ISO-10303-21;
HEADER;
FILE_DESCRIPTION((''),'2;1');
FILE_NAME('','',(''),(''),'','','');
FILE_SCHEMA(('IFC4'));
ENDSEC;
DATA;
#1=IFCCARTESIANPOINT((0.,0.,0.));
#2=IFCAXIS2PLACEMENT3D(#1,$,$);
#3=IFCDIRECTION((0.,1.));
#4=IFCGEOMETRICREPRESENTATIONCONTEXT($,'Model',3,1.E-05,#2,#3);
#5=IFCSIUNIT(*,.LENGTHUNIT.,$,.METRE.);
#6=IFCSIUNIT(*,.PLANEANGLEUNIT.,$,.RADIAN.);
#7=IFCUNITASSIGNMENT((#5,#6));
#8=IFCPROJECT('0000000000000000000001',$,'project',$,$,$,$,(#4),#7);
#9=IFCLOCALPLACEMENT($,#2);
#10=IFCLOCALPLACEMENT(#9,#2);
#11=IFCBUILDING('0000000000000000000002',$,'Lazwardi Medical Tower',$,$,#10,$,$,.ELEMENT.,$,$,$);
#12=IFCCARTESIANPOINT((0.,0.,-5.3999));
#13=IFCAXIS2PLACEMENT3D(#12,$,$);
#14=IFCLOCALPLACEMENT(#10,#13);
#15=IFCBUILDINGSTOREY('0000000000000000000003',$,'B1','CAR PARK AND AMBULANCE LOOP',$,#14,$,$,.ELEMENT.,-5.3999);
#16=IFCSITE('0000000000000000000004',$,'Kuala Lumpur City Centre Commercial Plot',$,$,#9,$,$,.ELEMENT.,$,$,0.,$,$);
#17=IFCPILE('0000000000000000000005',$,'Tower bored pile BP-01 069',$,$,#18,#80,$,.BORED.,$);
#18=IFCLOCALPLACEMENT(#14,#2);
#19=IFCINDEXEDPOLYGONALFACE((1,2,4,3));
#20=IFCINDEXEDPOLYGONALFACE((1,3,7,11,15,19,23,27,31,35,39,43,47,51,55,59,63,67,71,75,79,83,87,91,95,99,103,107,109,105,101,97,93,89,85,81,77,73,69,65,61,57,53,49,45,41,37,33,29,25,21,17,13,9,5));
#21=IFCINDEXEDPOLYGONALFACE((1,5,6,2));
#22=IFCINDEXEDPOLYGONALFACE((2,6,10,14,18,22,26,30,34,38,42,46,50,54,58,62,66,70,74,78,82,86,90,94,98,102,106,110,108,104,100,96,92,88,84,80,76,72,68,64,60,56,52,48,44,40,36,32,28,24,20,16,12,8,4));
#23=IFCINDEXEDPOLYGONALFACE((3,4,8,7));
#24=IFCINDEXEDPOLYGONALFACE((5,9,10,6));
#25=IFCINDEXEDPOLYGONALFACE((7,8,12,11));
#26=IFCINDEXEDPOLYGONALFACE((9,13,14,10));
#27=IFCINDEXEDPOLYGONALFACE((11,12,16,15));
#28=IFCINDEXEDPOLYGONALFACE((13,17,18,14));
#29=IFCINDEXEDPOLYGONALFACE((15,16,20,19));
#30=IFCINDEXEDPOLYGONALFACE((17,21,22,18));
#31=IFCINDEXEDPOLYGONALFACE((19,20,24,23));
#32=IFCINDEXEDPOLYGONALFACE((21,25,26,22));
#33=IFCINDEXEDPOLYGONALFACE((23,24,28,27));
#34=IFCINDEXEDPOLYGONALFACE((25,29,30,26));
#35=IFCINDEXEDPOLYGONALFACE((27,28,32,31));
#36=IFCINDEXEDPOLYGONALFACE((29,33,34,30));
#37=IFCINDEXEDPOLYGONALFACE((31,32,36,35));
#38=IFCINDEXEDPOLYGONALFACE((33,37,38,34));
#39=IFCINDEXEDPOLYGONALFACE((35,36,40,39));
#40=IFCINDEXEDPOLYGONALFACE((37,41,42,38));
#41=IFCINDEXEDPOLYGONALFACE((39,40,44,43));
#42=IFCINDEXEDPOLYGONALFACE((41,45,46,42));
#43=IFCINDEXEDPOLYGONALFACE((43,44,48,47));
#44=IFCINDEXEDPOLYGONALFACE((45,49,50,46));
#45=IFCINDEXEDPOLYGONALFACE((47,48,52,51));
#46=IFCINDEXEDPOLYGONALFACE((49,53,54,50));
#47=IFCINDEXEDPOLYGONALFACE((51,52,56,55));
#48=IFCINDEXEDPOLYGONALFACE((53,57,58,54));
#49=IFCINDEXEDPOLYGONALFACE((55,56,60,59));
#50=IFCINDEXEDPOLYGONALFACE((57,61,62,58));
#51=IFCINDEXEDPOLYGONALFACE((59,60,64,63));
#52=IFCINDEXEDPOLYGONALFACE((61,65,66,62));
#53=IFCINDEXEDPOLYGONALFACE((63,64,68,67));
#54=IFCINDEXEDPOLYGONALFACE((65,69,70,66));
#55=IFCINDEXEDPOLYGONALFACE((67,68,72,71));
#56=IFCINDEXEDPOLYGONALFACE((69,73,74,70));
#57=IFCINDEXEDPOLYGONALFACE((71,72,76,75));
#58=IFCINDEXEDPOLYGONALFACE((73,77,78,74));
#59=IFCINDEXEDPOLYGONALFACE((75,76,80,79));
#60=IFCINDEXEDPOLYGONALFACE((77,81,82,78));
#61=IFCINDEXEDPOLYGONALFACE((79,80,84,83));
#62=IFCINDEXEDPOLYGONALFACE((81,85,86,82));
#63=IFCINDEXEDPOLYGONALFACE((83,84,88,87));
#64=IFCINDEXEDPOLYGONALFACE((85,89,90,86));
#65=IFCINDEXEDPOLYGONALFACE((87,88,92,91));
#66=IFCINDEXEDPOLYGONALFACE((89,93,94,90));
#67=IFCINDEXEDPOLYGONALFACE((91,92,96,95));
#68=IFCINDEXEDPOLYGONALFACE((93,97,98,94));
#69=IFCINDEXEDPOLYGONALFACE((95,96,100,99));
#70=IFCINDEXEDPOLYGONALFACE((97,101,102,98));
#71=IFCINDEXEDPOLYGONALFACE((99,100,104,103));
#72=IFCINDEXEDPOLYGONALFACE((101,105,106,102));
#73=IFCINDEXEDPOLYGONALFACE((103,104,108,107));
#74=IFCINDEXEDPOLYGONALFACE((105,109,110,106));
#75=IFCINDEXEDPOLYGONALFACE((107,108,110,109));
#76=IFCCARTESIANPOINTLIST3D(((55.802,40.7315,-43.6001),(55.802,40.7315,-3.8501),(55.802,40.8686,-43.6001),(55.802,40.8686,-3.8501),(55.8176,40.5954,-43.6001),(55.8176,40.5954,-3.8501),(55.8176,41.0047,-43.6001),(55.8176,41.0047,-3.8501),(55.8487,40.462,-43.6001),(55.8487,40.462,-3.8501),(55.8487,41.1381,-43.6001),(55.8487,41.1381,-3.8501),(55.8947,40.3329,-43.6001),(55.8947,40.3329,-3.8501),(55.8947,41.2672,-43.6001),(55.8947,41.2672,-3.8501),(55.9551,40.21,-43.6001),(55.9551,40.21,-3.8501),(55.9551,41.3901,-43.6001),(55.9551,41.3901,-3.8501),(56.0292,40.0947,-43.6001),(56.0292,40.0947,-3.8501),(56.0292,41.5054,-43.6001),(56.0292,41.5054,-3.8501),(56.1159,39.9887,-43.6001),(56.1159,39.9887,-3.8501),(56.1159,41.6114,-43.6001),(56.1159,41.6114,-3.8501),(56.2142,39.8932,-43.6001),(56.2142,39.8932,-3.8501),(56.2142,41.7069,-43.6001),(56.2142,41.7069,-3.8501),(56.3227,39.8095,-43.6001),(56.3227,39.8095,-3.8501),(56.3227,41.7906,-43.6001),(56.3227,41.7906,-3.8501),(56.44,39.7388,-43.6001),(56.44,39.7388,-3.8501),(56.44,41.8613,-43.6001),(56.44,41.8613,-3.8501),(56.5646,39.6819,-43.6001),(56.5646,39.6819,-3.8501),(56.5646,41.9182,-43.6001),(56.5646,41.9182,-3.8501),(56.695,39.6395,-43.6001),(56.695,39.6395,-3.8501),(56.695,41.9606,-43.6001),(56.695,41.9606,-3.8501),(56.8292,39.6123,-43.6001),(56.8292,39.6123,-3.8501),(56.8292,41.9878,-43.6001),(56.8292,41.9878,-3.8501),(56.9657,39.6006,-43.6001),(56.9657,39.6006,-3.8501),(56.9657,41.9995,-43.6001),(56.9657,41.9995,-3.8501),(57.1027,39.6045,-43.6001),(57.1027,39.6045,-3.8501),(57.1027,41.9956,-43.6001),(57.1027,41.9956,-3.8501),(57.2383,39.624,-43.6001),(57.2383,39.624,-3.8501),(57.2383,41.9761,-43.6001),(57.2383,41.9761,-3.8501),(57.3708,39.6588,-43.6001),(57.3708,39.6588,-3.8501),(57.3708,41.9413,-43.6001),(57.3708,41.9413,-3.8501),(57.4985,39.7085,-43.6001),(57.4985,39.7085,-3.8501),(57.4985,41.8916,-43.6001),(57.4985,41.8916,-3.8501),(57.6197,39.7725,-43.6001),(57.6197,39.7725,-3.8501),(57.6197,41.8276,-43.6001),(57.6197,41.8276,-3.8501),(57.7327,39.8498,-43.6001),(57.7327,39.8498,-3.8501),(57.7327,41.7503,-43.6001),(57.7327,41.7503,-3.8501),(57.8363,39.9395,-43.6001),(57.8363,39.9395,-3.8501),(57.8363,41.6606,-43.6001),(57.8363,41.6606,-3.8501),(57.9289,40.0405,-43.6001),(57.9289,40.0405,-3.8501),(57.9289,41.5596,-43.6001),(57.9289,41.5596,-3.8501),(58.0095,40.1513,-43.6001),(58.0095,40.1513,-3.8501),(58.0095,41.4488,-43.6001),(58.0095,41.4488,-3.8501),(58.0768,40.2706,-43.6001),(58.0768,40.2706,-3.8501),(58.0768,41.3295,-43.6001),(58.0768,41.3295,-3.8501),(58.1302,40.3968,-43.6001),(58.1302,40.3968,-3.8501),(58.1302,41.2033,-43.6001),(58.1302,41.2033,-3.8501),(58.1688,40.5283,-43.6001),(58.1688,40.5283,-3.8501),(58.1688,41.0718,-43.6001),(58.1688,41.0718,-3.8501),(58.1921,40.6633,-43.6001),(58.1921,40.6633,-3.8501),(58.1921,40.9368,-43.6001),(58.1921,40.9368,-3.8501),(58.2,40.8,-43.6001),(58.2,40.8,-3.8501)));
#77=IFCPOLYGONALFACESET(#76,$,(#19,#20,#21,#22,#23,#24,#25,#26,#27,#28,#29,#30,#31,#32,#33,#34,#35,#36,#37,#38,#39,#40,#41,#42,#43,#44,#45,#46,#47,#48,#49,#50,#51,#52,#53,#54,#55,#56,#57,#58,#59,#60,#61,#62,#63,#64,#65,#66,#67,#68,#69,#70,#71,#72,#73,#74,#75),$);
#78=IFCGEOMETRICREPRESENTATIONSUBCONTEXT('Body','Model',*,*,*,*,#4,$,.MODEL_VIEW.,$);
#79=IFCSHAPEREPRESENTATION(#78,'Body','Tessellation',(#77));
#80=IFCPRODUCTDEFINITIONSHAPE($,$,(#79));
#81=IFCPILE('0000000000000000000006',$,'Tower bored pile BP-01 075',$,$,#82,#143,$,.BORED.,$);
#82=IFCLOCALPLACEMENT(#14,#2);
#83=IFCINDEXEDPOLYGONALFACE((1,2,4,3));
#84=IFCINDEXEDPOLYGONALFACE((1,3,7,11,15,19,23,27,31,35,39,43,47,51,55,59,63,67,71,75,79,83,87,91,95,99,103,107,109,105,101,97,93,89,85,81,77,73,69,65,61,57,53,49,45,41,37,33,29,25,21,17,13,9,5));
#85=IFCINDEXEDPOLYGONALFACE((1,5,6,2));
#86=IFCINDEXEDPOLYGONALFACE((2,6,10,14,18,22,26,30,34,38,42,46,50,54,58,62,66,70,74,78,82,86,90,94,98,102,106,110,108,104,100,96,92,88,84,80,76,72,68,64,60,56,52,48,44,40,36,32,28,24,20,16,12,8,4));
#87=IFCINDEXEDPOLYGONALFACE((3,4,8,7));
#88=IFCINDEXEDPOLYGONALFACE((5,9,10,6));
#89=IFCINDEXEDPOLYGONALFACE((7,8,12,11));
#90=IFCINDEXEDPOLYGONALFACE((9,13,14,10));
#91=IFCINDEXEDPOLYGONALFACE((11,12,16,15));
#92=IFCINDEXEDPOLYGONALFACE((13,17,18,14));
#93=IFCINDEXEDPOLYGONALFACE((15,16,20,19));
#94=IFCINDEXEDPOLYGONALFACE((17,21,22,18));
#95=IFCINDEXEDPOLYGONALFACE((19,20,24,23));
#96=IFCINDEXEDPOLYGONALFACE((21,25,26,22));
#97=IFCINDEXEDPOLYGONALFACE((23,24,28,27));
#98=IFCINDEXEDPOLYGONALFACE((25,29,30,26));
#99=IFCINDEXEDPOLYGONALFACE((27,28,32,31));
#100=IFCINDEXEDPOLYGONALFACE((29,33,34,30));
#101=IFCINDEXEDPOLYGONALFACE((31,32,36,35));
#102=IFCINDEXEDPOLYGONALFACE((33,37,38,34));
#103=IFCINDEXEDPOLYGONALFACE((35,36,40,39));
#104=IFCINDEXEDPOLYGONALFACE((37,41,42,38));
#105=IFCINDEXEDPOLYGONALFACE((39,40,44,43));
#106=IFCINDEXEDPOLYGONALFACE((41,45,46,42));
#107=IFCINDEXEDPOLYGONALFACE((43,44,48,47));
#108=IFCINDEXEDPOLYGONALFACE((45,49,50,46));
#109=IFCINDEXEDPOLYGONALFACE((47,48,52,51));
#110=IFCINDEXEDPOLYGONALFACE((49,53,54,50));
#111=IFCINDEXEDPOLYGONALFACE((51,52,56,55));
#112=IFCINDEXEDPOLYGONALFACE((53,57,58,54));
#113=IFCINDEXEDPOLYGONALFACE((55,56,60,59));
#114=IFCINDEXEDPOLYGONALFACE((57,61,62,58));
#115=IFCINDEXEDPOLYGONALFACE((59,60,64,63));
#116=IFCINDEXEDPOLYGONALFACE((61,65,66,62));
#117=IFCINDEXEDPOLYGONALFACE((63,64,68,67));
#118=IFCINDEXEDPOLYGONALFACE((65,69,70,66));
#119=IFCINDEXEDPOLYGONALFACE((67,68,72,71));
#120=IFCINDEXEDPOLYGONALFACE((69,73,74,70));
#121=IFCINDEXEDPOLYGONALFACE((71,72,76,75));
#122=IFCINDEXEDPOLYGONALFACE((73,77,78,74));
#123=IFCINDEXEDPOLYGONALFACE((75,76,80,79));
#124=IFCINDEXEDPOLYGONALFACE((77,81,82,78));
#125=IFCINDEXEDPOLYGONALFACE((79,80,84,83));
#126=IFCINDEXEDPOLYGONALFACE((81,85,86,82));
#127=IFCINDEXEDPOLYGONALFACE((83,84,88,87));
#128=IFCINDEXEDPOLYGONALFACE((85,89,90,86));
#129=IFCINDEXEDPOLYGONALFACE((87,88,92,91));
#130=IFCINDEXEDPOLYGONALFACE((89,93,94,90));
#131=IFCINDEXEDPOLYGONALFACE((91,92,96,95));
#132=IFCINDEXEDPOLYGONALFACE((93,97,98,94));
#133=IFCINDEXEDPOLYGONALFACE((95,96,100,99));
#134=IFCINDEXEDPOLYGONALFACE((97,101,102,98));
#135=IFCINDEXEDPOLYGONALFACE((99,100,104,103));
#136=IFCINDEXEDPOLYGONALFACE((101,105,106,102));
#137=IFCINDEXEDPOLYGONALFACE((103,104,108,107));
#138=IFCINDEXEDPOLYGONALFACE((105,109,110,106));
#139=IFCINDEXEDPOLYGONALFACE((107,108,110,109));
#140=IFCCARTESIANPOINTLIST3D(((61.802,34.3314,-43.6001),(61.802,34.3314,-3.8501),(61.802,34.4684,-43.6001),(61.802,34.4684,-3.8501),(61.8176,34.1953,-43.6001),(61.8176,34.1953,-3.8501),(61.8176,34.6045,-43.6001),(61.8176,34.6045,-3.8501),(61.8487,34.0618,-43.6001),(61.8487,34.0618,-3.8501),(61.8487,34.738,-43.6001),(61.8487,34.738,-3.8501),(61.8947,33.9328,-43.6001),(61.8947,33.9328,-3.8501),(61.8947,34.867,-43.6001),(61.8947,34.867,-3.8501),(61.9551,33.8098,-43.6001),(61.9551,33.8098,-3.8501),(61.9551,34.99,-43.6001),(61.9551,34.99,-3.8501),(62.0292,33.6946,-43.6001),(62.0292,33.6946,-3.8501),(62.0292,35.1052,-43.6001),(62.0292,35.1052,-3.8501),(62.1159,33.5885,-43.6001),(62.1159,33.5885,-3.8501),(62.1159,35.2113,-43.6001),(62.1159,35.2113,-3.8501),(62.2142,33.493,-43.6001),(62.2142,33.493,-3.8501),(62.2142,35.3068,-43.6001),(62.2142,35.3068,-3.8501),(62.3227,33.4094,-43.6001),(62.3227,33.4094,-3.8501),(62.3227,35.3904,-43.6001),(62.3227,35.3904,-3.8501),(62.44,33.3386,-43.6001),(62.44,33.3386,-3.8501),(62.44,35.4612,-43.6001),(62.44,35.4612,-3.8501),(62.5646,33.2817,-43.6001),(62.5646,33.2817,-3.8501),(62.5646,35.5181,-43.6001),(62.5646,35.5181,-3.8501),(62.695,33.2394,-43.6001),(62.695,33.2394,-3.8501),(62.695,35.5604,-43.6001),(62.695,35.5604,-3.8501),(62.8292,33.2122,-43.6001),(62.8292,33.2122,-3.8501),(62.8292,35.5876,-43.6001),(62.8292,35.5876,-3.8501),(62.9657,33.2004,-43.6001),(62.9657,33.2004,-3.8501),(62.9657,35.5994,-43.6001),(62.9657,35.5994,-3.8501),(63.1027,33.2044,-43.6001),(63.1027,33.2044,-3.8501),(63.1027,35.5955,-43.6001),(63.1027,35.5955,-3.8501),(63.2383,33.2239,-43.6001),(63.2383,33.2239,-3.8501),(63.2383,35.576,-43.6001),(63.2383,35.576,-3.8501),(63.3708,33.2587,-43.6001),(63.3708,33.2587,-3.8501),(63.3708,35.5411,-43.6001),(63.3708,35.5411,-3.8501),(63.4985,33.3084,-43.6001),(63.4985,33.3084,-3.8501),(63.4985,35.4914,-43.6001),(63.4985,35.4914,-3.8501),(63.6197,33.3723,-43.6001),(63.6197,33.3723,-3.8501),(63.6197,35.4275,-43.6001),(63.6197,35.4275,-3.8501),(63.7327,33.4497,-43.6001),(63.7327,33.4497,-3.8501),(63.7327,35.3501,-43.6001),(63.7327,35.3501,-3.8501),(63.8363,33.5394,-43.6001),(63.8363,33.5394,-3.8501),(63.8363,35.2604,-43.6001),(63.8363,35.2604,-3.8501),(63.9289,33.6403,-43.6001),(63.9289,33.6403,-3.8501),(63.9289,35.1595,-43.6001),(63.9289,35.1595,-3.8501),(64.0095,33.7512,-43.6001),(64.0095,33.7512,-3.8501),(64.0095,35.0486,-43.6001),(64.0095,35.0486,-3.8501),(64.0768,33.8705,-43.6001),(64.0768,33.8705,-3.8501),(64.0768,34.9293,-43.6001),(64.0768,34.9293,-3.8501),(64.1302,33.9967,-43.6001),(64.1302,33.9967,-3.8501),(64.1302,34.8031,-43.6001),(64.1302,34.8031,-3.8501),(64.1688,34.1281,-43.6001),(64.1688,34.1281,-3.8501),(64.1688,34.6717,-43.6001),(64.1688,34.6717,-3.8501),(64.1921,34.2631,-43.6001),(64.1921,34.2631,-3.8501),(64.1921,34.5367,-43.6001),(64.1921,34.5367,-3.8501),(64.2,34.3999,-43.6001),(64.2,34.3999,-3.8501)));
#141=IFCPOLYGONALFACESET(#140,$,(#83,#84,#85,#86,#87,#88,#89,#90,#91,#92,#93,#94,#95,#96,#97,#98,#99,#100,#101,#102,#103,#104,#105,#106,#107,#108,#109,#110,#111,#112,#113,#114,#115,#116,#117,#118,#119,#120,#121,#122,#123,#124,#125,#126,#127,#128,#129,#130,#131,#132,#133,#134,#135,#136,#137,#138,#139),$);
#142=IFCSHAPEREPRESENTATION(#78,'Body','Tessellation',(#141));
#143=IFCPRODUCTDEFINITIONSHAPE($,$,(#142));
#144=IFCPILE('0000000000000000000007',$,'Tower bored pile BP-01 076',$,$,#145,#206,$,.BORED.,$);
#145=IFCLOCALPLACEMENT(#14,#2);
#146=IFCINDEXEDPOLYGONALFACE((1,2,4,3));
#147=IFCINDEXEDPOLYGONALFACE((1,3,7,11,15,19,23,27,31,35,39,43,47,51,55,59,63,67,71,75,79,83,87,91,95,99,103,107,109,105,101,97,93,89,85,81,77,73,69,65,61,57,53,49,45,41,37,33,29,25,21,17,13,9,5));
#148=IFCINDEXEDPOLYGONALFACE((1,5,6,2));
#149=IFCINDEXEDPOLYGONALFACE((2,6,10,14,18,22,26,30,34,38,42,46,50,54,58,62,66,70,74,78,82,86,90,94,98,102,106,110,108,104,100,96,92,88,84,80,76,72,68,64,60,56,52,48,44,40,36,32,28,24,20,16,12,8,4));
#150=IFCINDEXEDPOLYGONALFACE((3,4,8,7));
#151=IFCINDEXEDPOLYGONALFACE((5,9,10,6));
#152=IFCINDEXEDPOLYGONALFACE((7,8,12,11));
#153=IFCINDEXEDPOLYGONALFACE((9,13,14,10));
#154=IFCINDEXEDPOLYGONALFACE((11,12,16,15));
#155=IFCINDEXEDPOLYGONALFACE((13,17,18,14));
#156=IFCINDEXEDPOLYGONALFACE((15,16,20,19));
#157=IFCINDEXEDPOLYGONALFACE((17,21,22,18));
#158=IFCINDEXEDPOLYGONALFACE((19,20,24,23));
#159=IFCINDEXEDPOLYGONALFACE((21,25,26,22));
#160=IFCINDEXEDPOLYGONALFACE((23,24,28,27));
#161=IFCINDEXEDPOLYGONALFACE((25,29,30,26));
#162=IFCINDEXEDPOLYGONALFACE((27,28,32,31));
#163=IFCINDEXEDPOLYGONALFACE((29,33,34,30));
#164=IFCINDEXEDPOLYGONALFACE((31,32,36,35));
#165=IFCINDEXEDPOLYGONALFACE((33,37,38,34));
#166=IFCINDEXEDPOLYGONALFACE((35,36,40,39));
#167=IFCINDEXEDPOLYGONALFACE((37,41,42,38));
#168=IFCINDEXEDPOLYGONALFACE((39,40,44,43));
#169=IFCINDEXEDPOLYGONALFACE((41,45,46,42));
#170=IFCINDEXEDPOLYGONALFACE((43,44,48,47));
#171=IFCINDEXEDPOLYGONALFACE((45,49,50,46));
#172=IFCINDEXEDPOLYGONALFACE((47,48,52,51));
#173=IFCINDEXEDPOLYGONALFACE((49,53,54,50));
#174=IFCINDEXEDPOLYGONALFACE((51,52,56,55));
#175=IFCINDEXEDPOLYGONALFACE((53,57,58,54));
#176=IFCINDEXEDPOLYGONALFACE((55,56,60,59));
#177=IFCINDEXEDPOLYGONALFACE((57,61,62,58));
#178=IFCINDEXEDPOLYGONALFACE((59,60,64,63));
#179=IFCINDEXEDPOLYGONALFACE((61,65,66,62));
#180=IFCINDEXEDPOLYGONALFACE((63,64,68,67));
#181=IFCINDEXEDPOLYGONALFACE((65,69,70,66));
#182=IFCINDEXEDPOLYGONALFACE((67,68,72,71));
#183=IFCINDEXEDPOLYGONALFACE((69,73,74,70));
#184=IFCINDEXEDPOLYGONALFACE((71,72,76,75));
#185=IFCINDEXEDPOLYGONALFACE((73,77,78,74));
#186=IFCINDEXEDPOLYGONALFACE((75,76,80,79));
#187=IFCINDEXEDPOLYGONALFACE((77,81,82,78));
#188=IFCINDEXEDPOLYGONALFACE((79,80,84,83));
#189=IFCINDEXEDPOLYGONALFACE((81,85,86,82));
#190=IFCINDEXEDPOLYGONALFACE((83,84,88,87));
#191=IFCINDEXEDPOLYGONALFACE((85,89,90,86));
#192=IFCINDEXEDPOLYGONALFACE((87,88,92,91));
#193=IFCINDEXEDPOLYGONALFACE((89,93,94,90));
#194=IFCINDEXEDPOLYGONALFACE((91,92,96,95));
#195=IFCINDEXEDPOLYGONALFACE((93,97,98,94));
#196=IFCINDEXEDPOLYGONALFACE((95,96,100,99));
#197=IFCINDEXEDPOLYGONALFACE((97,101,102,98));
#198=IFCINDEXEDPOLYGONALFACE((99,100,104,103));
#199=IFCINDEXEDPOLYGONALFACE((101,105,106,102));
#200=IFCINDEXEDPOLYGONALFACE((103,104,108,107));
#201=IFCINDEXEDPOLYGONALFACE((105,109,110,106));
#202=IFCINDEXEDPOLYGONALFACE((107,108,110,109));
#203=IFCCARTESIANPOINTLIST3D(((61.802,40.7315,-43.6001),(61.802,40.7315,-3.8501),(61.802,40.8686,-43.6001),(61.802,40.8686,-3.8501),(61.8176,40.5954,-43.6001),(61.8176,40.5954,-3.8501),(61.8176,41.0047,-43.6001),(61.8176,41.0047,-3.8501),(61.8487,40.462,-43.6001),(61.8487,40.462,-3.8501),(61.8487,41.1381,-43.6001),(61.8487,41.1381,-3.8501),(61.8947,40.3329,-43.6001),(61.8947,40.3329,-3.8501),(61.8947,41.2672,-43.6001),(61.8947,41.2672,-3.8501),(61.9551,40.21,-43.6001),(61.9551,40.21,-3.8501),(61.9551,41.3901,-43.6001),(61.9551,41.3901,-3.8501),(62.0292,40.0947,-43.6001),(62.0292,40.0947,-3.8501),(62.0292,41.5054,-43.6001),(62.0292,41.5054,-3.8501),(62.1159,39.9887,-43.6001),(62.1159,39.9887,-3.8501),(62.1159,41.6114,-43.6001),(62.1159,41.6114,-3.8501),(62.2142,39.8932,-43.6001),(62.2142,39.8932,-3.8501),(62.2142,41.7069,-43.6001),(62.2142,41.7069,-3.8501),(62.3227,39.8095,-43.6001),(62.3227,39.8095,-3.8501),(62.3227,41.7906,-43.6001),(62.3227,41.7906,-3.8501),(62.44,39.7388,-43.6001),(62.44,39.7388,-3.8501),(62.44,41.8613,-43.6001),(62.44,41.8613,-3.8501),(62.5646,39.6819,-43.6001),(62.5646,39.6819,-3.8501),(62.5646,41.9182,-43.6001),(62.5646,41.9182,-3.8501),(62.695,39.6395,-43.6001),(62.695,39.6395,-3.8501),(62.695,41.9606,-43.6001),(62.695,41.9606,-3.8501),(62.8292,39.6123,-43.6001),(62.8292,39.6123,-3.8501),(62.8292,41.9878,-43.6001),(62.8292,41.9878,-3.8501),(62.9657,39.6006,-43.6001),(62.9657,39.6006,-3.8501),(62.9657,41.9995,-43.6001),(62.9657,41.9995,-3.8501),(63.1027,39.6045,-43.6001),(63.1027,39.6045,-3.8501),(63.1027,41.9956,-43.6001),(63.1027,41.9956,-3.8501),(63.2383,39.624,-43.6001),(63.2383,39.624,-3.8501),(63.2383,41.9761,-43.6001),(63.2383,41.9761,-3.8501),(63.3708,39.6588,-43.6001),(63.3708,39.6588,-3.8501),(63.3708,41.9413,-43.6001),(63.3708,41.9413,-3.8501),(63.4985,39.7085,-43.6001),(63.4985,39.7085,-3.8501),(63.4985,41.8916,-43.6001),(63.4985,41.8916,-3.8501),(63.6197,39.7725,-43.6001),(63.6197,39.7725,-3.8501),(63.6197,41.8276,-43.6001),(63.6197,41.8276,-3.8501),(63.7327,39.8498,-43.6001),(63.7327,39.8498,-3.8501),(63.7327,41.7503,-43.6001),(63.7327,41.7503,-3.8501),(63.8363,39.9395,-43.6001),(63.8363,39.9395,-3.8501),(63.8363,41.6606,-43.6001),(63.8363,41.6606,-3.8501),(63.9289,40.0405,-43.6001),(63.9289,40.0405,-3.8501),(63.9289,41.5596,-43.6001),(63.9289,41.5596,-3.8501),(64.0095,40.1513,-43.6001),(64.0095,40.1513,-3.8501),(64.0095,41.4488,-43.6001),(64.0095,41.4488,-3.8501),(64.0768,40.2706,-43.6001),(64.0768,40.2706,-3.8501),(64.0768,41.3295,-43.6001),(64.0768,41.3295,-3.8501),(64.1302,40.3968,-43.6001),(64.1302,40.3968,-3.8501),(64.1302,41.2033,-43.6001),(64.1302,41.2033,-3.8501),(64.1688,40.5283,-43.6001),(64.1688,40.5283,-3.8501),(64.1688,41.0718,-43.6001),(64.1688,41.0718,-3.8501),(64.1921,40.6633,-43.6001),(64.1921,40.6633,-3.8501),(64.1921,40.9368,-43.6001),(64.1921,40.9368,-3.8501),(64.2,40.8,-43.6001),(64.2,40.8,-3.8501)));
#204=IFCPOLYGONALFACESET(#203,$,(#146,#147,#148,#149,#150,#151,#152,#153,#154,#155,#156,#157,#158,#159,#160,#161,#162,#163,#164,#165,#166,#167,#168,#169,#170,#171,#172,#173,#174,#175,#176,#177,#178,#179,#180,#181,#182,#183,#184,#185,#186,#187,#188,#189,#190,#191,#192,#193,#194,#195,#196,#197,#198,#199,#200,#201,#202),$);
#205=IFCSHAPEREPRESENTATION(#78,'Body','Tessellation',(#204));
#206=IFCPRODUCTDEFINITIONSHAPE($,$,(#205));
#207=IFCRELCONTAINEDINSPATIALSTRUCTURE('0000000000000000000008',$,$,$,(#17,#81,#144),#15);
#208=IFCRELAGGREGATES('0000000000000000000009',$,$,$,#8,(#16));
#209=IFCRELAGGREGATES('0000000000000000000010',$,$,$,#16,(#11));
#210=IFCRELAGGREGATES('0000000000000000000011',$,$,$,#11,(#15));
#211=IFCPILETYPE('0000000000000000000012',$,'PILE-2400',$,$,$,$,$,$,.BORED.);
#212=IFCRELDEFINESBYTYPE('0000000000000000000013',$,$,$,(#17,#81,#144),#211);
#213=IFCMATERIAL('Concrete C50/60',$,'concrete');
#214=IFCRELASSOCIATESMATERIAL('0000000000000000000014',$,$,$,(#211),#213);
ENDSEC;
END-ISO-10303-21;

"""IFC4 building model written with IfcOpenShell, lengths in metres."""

from ifc_helpers import new_model, si_unit, direction, frame, origin, origin_2d, place, context, subcontext, project, spatial, circle, extrude, material, material_profile, profile_set, type_object, element, save


model = new_model("IFC4")

# Units and contexts
model_context = context("Model", 3, precision=1e-05, world=origin(), true_north=direction((0.0, 1.0)))
body_context = subcontext(model_context, "Body", "Model", "MODEL_VIEW")
ifc_project = project(units=[si_unit("LENGTHUNIT", "METRE"), si_unit("PLANEANGLEUNIT", "RADIAN")], contexts=[model_context])

# Site, building, storey
site_placement = place(None, origin())
site = spatial("IfcSite", under=ifc_project, at=site_placement, Name="Kuala Lumpur City Centre Commercial Plot", CompositionType="ELEMENT", RefElevation=0.0)
building_placement = place(site_placement, origin())
building = spatial("IfcBuilding", under=site, at=building_placement, Name="Lazwardi Medical Tower", CompositionType="ELEMENT")
storey_placement = place(building_placement, frame((0.0, 0.0, -5.3999)))
storey = spatial("IfcBuildingStorey", under=building, at=storey_placement, Name="B1", Description="CAR PARK AND AMBULANCE LOOP", CompositionType="ELEMENT", Elevation=-5.3999)

# Piles
ifc_material_1 = material(Name="Concrete C50/60", Category="concrete")
ifc_material_profile_1 = material_profile(ifc_material_1, circle(Radius=1.2, at=origin_2d()), Name="BORED PILE D2400")
ifc_profile_set_1 = profile_set([ifc_material_profile_1], Name="Concrete C50/60")
pile_type = type_object("IfcPileType", Name="PILE-2400", PredefinedType="BORED", material=ifc_profile_set_1)
for number, where, z_axis, x_axis, name in (
    (1, (57.0, 40.8, -3.8501), (0.0, 0.0, -1.0), (1.0, 0.0, 0.0), "Tower bored pile BP-01 069"),
    (2, (63.0, 34.3999, -3.8501), (0.0, 0.0, -1.0), (1.0, 0.0, 0.0), "Tower bored pile BP-01 075"),
    (3, (63.0, 40.8, -3.8501), (0.0, 0.0, -1.0), (1.0, 0.0, 0.0), "Tower bored pile BP-01 076"),
):
    element("IfcPile", number, at=place(storey_placement, frame(where, z_axis=z_axis, x_axis=x_axis)), inside=storey, type_object=pile_type, Name=name, PredefinedType="BORED", context=body_context, shape_type="SweptSolid", body=[
        extrude(circle(Radius=1.2, at=origin_2d()), origin(), (0.0, 0.0, 1.0), 39.75),
    ])

save(model, "model.ifc")
